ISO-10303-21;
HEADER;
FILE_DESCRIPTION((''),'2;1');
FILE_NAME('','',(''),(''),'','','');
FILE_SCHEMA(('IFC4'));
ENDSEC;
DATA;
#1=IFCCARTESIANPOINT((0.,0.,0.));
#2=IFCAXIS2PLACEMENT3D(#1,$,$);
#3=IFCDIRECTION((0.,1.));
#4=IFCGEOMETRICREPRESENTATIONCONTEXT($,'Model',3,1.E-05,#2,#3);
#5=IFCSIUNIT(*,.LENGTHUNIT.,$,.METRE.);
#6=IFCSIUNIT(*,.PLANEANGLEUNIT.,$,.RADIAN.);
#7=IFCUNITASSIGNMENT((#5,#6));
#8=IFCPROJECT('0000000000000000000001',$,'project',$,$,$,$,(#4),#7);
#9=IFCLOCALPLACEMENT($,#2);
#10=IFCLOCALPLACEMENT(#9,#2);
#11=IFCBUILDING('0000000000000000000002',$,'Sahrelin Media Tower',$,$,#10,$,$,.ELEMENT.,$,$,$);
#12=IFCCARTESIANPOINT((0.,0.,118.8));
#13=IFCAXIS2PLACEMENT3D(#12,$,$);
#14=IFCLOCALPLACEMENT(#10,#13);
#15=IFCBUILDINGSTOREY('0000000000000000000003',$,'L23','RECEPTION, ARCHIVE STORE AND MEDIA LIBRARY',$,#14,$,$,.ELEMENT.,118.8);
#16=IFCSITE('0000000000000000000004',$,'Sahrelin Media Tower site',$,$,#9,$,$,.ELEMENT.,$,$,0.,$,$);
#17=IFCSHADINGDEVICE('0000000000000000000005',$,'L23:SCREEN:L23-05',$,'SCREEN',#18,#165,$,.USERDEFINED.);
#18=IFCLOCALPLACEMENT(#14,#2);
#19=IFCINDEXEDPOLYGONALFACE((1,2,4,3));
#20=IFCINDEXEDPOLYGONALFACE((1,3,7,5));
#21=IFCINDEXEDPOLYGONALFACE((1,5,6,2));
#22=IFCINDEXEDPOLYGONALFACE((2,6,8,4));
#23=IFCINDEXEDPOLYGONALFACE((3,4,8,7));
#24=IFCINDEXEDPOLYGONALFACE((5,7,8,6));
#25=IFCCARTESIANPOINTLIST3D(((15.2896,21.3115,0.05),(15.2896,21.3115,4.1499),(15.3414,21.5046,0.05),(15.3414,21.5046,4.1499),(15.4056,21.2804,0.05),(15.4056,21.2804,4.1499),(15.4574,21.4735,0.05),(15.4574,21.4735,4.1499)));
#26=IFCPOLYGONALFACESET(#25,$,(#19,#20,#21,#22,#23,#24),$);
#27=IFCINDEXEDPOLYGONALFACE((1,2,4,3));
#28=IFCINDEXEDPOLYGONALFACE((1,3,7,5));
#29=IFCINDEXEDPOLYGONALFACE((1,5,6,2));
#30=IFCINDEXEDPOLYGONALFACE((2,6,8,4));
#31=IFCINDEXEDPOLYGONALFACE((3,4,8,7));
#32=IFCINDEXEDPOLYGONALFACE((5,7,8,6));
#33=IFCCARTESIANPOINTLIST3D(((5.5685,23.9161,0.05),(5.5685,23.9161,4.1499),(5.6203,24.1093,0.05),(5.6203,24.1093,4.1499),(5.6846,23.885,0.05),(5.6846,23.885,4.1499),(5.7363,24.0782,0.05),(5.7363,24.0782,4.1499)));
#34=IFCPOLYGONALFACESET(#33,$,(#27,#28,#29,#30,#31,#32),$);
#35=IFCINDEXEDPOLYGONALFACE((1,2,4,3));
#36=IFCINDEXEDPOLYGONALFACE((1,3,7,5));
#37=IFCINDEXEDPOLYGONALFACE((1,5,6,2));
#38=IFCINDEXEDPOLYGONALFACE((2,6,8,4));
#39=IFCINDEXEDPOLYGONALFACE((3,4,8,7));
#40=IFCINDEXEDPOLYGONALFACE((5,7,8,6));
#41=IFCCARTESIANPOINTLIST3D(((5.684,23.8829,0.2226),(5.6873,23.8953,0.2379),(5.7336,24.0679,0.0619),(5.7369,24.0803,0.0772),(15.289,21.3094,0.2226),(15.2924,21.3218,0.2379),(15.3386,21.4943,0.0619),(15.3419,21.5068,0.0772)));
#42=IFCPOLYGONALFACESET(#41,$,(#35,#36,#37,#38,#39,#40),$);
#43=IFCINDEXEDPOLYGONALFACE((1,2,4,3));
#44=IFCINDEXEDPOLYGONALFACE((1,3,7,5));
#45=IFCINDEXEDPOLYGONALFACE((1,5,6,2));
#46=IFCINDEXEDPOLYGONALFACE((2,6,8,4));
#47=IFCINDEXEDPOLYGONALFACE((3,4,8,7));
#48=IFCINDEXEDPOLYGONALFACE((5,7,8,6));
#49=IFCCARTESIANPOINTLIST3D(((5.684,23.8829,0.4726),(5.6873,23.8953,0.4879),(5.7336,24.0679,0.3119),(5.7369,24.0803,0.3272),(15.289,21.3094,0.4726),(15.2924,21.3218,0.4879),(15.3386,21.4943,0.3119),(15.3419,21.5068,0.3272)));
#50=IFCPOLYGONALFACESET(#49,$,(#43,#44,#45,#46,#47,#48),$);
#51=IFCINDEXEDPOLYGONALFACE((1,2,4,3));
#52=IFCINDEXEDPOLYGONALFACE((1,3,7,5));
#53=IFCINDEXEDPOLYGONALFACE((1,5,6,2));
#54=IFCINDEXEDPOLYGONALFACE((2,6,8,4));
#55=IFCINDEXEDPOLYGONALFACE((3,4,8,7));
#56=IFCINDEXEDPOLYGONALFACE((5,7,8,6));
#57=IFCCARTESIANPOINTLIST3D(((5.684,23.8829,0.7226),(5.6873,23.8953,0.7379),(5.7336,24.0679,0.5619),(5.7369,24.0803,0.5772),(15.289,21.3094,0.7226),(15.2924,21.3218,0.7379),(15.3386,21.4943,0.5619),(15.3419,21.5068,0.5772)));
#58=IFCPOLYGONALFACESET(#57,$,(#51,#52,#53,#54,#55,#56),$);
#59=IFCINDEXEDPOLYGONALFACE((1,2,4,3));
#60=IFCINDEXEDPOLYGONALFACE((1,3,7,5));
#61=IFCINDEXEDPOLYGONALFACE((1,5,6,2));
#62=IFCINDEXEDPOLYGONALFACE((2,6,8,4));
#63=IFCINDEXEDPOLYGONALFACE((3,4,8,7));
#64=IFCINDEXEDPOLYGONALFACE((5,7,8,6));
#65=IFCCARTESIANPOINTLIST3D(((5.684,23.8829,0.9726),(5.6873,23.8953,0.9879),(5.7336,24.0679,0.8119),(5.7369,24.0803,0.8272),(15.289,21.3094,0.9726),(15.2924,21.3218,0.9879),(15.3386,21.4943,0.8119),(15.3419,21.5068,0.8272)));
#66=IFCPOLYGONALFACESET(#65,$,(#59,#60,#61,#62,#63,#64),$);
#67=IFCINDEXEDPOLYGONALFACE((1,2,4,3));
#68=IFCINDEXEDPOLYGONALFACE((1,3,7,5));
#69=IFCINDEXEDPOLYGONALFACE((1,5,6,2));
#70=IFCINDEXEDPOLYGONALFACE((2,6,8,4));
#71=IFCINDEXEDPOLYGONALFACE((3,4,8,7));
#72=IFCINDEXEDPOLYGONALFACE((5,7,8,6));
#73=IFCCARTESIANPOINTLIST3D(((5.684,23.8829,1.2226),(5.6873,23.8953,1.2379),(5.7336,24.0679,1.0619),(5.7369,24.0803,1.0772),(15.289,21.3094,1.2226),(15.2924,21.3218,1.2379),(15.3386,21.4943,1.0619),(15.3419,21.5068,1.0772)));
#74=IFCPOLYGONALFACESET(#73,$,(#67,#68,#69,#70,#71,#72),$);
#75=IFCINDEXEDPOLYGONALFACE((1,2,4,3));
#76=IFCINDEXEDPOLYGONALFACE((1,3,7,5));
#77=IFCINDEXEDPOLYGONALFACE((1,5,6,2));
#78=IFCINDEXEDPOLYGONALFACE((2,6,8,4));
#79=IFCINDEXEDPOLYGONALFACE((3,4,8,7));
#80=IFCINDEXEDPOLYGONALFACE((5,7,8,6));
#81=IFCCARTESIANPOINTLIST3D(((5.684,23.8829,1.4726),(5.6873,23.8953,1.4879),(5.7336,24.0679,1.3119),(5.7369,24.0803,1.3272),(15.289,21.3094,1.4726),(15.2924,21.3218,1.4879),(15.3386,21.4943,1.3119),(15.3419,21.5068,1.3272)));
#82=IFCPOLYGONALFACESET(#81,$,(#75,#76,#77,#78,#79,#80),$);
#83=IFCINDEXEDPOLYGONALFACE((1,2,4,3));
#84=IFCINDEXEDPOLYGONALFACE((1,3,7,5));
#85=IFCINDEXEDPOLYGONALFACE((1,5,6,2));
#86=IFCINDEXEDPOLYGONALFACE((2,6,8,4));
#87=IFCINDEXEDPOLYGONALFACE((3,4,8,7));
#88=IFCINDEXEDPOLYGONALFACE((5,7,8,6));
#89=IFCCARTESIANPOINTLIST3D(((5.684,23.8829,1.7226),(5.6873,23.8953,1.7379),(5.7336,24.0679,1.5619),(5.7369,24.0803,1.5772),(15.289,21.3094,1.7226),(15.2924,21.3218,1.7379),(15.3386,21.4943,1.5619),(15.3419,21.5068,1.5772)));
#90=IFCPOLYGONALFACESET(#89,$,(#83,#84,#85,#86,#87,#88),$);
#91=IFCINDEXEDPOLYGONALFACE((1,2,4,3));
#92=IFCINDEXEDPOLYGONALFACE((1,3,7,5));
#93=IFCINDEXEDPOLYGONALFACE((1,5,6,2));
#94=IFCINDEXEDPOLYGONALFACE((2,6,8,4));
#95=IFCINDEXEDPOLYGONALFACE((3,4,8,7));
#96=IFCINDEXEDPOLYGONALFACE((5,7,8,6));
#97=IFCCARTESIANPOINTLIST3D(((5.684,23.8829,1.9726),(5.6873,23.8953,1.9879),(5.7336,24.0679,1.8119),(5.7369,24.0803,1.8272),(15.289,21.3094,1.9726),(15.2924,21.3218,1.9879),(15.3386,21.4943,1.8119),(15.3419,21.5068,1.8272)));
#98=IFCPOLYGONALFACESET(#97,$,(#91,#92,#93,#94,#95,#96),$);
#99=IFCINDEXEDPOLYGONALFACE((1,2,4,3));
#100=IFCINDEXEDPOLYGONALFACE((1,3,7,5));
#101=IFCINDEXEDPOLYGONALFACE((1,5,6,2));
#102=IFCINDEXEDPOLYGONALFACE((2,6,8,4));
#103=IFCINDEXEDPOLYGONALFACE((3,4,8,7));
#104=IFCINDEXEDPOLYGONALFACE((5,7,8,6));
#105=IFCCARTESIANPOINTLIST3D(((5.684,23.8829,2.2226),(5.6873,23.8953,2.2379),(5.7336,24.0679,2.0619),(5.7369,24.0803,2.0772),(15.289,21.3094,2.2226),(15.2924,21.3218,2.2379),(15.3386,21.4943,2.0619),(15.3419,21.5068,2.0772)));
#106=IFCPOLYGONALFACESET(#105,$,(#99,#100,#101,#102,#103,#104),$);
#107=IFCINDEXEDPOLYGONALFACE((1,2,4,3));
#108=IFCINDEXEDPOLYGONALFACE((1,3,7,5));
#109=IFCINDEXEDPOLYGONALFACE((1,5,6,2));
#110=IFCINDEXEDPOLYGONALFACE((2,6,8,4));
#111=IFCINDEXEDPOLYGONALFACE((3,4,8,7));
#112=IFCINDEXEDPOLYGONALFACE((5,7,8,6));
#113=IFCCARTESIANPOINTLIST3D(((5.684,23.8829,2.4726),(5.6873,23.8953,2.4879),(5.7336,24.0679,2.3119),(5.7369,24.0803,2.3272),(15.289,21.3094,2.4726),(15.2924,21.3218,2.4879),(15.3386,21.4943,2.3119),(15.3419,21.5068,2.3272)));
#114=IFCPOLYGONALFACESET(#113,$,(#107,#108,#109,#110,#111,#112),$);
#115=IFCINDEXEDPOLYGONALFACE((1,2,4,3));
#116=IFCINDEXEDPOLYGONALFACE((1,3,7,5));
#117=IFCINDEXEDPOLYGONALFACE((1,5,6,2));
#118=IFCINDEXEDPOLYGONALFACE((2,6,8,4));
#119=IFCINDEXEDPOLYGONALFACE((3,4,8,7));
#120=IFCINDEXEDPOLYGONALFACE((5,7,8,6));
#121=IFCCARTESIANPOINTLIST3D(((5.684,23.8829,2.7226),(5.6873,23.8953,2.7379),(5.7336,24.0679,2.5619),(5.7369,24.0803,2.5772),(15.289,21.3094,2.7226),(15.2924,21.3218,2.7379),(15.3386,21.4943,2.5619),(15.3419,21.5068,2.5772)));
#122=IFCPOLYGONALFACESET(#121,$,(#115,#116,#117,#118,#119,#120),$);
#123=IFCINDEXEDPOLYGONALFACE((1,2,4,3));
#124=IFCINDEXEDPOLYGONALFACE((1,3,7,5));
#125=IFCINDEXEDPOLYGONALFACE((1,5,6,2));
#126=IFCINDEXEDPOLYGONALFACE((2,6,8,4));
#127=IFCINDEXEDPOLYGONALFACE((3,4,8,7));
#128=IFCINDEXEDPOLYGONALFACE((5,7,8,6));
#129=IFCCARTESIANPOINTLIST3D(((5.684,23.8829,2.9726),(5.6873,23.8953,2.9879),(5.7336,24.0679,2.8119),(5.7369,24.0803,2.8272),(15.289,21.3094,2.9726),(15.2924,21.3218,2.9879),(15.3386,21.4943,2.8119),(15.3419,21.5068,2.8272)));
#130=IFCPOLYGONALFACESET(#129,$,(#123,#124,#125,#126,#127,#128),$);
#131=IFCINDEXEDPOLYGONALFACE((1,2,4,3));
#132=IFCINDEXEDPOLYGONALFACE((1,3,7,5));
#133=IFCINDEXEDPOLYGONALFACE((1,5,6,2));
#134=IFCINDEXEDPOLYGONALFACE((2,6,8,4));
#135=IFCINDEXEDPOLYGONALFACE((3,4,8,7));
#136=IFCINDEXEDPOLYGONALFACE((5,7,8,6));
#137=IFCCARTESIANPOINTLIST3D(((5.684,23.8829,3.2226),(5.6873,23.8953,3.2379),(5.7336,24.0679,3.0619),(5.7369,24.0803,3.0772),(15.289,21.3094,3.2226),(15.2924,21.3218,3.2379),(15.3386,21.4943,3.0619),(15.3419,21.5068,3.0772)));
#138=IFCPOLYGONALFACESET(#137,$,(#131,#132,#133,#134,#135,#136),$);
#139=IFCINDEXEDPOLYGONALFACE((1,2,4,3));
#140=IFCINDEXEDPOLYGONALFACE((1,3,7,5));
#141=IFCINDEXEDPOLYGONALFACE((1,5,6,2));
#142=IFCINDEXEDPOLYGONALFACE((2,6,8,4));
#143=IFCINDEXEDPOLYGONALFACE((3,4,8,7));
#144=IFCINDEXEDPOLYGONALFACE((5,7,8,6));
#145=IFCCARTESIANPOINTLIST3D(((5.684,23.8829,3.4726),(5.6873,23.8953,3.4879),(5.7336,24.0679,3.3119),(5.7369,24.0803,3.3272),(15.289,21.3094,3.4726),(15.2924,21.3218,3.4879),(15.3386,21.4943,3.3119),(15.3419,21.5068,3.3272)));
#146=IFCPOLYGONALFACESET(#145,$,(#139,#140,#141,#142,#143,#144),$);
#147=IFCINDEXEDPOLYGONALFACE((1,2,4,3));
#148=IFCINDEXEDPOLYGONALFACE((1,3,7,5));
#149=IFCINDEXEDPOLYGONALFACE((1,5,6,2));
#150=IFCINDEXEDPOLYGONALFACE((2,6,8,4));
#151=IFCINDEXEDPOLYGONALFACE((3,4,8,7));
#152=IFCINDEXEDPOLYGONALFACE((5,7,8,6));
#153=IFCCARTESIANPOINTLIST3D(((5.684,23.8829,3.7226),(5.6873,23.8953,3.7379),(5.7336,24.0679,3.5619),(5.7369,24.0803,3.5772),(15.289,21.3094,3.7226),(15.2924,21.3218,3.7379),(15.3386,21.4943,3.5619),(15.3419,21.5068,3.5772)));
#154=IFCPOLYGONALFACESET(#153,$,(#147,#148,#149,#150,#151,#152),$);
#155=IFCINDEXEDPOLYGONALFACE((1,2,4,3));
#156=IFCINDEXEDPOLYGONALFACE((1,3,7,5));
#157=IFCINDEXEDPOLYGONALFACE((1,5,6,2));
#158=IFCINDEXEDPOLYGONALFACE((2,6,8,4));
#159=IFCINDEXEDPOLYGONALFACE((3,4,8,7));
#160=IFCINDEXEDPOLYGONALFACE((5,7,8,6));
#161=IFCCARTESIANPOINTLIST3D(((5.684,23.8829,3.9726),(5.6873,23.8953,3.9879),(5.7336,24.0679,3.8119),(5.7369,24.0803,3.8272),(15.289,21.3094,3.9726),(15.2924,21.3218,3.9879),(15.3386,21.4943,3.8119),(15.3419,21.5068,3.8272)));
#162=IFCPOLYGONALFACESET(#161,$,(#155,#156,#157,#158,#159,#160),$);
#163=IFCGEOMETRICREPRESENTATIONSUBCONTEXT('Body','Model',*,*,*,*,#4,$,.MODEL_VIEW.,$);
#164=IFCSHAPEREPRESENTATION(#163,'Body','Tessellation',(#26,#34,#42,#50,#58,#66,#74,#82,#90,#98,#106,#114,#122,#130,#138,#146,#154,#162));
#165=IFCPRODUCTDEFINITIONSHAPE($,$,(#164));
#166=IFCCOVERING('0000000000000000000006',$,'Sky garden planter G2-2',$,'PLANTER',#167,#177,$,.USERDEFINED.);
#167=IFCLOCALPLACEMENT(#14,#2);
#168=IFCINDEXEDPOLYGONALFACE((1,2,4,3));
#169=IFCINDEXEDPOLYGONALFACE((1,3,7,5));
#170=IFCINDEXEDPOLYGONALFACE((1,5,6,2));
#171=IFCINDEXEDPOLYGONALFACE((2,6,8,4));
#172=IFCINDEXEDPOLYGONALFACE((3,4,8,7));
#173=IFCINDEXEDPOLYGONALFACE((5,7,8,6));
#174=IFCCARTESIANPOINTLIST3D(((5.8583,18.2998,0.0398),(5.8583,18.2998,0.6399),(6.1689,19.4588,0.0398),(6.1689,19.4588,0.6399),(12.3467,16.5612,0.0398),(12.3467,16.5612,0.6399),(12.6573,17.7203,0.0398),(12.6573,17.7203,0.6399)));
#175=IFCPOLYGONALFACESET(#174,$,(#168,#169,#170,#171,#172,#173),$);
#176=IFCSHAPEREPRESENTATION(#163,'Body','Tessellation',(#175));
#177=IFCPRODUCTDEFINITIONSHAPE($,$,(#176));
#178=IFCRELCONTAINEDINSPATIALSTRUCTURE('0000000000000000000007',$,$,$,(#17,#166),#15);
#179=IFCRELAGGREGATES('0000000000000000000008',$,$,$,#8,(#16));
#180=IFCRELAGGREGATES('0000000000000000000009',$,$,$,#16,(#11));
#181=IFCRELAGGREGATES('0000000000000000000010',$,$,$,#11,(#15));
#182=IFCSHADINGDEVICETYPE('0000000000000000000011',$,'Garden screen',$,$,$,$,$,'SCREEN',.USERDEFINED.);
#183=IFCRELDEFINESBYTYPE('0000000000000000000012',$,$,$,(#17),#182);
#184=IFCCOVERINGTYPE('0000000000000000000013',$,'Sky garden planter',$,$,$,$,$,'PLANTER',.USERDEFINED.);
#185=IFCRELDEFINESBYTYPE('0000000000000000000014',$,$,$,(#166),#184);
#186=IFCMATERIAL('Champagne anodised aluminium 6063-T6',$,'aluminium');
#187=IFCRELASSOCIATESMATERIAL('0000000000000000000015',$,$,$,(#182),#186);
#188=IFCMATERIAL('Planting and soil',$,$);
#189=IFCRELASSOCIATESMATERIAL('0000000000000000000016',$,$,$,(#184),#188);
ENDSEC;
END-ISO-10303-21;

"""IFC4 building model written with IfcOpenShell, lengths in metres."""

from ifc_helpers import new_model, si_unit, direction, frame, origin, origin_2d, place, context, subcontext, project, spatial, rectangle, extrude, material, type_object, element, save


model = new_model("IFC4")

# Units and contexts
model_context = context("Model", 3, precision=1e-05, world=origin(), true_north=direction((0.0, 1.0)))
body_context = subcontext(model_context, "Body", "Model", "MODEL_VIEW")
ifc_project = project(units=[si_unit("LENGTHUNIT", "METRE"), si_unit("PLANEANGLEUNIT", "RADIAN")], contexts=[model_context])

# Site, building, storey
site_placement = place(None, origin())
site = spatial("IfcSite", under=ifc_project, at=site_placement, Name="Sahrelin Media Tower site", CompositionType="ELEMENT", RefElevation=0.0)
building_placement = place(site_placement, origin())
building = spatial("IfcBuilding", under=site, at=building_placement, Name="Sahrelin Media Tower", CompositionType="ELEMENT")
storey_placement = place(building_placement, frame((0.0, 0.0, 118.8)))
storey = spatial("IfcBuildingStorey", under=building, at=storey_placement, Name="L23", Description="RECEPTION, ARCHIVE STORE AND MEDIA LIBRARY", CompositionType="ELEMENT", Elevation=118.8)

# Shading device
ifc_material_1 = material(Name="Champagne anodised aluminium 6063-T6", Category="aluminium")
shading_device_type = type_object("IfcShadingDeviceType", Name="Garden screen", ElementType="SCREEN", PredefinedType="USERDEFINED", material=ifc_material_1)
shading_device_placement = place(storey_placement, frame((10.4871, 22.5981, 0.0), z_axis=(0.0, 0.0, 1.0), x_axis=(0.965929, -0.258808, 0.0)))
element("IfcShadingDevice", 1, at=shading_device_placement, inside=storey, type_object=shading_device_type, Name="L23:SCREEN:L23-05", ObjectType="SCREEN", PredefinedType="USERDEFINED", context=body_context, shape_type="SweptSolid", body=[
    extrude(rectangle(XDim=0.1201, YDim=0.2, at=origin_2d()), frame((5.032, 0.1001, 0.05), z_axis=(0.0, 0.0, 1.0), x_axis=(1.0, 0.0, 0.0)), (0.0, 0.0, 1.0), 4.0999),
    extrude(rectangle(XDim=0.1201, YDim=0.2, at=origin_2d()), frame((-5.032, 0.1001, 0.05), z_axis=(0.0, 0.0, 1.0), x_axis=(1.0, 0.0, 0.0)), (0.0, 0.0, 1.0), 4.0999),
    extrude(rectangle(XDim=0.25, YDim=0.02, at=origin_2d()), frame((4.9719, 0.1001, 0.1499), z_axis=(-1.0, 0.0, 0.0), x_axis=(0.0, -0.766044, 0.642788)), (0.0, 0.0, 1.0), 9.9438),
    extrude(rectangle(XDim=0.25, YDim=0.02, at=origin_2d()), frame((4.9719, 0.1001, 0.3999), z_axis=(-1.0, 0.0, 0.0), x_axis=(0.0, -0.766044, 0.642788)), (0.0, 0.0, 1.0), 9.9438),
    extrude(rectangle(XDim=0.25, YDim=0.02, at=origin_2d()), frame((4.9719, 0.1001, 0.6499), z_axis=(-1.0, 0.0, 0.0), x_axis=(0.0, -0.766044, 0.642788)), (0.0, 0.0, 1.0), 9.9438),
    extrude(rectangle(XDim=0.25, YDim=0.02, at=origin_2d()), frame((4.9719, 0.1001, 0.8999), z_axis=(-1.0, 0.0, 0.0), x_axis=(0.0, -0.766044, 0.642788)), (0.0, 0.0, 1.0), 9.9438),
    extrude(rectangle(XDim=0.25, YDim=0.02, at=origin_2d()), frame((4.9719, 0.1001, 1.1499), z_axis=(-1.0, 0.0, 0.0), x_axis=(0.0, -0.766044, 0.642788)), (0.0, 0.0, 1.0), 9.9438),
    extrude(rectangle(XDim=0.25, YDim=0.02, at=origin_2d()), frame((4.9719, 0.1001, 1.3999), z_axis=(-1.0, 0.0, 0.0), x_axis=(0.0, -0.766044, 0.642788)), (0.0, 0.0, 1.0), 9.9438),
    extrude(rectangle(XDim=0.25, YDim=0.02, at=origin_2d()), frame((4.9719, 0.1001, 1.6499), z_axis=(-1.0, 0.0, 0.0), x_axis=(0.0, -0.766044, 0.642788)), (0.0, 0.0, 1.0), 9.9438),
    extrude(rectangle(XDim=0.25, YDim=0.02, at=origin_2d()), frame((4.9719, 0.1001, 1.8999), z_axis=(-1.0, 0.0, 0.0), x_axis=(0.0, -0.766044, 0.642788)), (0.0, 0.0, 1.0), 9.9438),
    extrude(rectangle(XDim=0.25, YDim=0.02, at=origin_2d()), frame((4.9719, 0.1001, 2.1499), z_axis=(-1.0, 0.0, 0.0), x_axis=(0.0, -0.766044, 0.642788)), (0.0, 0.0, 1.0), 9.9438),
    extrude(rectangle(XDim=0.25, YDim=0.02, at=origin_2d()), frame((4.9719, 0.1001, 2.3999), z_axis=(-1.0, 0.0, 0.0), x_axis=(0.0, -0.766044, 0.642788)), (0.0, 0.0, 1.0), 9.9438),
    extrude(rectangle(XDim=0.25, YDim=0.02, at=origin_2d()), frame((4.9719, 0.1001, 2.6499), z_axis=(-1.0, 0.0, 0.0), x_axis=(0.0, -0.766044, 0.642788)), (0.0, 0.0, 1.0), 9.9438),
    extrude(rectangle(XDim=0.25, YDim=0.02, at=origin_2d()), frame((4.9719, 0.1001, 2.8999), z_axis=(-1.0, 0.0, 0.0), x_axis=(0.0, -0.766044, 0.642788)), (0.0, 0.0, 1.0), 9.9438),
    extrude(rectangle(XDim=0.25, YDim=0.02, at=origin_2d()), frame((4.9719, 0.1001, 3.1499), z_axis=(-1.0, 0.0, 0.0), x_axis=(0.0, -0.766044, 0.642788)), (0.0, 0.0, 1.0), 9.9438),
    extrude(rectangle(XDim=0.25, YDim=0.02, at=origin_2d()), frame((4.9719, 0.1001, 3.3999), z_axis=(-1.0, 0.0, 0.0), x_axis=(0.0, -0.766044, 0.642788)), (0.0, 0.0, 1.0), 9.9438),
    extrude(rectangle(XDim=0.25, YDim=0.02, at=origin_2d()), frame((4.9719, 0.1001, 3.6499), z_axis=(-1.0, 0.0, 0.0), x_axis=(0.0, -0.766044, 0.642788)), (0.0, 0.0, 1.0), 9.9438),
    extrude(rectangle(XDim=0.25, YDim=0.02, at=origin_2d()), frame((4.9719, 0.1001, 3.8999), z_axis=(-1.0, 0.0, 0.0), x_axis=(0.0, -0.766044, 0.642788)), (0.0, 0.0, 1.0), 9.9438),
])

# Covering
ifc_material_2 = material(Name="Planting and soil")
covering_type = type_object("IfcCoveringType", Name="Sky garden planter", ElementType="PLANTER", PredefinedType="USERDEFINED", material=ifc_material_2)
covering_placement = place(storey_placement, frame((9.2578, 18.01, 0.0398), z_axis=(0.0, 0.0, 1.0), x_axis=(-0.965926, 0.258817, 0.0)))
element("IfcCovering", 2, at=covering_placement, inside=storey, type_object=covering_type, Name="Sky garden planter G2-2", ObjectType="PLANTER", PredefinedType="USERDEFINED", context=body_context, shape_type="SweptSolid", body=[
    extrude(rectangle(XDim=6.7173, YDim=1.2, at=origin_2d()), origin(), (0.0, 0.0, 1.0), 0.6001),
])

save(model, "model.ifc")
